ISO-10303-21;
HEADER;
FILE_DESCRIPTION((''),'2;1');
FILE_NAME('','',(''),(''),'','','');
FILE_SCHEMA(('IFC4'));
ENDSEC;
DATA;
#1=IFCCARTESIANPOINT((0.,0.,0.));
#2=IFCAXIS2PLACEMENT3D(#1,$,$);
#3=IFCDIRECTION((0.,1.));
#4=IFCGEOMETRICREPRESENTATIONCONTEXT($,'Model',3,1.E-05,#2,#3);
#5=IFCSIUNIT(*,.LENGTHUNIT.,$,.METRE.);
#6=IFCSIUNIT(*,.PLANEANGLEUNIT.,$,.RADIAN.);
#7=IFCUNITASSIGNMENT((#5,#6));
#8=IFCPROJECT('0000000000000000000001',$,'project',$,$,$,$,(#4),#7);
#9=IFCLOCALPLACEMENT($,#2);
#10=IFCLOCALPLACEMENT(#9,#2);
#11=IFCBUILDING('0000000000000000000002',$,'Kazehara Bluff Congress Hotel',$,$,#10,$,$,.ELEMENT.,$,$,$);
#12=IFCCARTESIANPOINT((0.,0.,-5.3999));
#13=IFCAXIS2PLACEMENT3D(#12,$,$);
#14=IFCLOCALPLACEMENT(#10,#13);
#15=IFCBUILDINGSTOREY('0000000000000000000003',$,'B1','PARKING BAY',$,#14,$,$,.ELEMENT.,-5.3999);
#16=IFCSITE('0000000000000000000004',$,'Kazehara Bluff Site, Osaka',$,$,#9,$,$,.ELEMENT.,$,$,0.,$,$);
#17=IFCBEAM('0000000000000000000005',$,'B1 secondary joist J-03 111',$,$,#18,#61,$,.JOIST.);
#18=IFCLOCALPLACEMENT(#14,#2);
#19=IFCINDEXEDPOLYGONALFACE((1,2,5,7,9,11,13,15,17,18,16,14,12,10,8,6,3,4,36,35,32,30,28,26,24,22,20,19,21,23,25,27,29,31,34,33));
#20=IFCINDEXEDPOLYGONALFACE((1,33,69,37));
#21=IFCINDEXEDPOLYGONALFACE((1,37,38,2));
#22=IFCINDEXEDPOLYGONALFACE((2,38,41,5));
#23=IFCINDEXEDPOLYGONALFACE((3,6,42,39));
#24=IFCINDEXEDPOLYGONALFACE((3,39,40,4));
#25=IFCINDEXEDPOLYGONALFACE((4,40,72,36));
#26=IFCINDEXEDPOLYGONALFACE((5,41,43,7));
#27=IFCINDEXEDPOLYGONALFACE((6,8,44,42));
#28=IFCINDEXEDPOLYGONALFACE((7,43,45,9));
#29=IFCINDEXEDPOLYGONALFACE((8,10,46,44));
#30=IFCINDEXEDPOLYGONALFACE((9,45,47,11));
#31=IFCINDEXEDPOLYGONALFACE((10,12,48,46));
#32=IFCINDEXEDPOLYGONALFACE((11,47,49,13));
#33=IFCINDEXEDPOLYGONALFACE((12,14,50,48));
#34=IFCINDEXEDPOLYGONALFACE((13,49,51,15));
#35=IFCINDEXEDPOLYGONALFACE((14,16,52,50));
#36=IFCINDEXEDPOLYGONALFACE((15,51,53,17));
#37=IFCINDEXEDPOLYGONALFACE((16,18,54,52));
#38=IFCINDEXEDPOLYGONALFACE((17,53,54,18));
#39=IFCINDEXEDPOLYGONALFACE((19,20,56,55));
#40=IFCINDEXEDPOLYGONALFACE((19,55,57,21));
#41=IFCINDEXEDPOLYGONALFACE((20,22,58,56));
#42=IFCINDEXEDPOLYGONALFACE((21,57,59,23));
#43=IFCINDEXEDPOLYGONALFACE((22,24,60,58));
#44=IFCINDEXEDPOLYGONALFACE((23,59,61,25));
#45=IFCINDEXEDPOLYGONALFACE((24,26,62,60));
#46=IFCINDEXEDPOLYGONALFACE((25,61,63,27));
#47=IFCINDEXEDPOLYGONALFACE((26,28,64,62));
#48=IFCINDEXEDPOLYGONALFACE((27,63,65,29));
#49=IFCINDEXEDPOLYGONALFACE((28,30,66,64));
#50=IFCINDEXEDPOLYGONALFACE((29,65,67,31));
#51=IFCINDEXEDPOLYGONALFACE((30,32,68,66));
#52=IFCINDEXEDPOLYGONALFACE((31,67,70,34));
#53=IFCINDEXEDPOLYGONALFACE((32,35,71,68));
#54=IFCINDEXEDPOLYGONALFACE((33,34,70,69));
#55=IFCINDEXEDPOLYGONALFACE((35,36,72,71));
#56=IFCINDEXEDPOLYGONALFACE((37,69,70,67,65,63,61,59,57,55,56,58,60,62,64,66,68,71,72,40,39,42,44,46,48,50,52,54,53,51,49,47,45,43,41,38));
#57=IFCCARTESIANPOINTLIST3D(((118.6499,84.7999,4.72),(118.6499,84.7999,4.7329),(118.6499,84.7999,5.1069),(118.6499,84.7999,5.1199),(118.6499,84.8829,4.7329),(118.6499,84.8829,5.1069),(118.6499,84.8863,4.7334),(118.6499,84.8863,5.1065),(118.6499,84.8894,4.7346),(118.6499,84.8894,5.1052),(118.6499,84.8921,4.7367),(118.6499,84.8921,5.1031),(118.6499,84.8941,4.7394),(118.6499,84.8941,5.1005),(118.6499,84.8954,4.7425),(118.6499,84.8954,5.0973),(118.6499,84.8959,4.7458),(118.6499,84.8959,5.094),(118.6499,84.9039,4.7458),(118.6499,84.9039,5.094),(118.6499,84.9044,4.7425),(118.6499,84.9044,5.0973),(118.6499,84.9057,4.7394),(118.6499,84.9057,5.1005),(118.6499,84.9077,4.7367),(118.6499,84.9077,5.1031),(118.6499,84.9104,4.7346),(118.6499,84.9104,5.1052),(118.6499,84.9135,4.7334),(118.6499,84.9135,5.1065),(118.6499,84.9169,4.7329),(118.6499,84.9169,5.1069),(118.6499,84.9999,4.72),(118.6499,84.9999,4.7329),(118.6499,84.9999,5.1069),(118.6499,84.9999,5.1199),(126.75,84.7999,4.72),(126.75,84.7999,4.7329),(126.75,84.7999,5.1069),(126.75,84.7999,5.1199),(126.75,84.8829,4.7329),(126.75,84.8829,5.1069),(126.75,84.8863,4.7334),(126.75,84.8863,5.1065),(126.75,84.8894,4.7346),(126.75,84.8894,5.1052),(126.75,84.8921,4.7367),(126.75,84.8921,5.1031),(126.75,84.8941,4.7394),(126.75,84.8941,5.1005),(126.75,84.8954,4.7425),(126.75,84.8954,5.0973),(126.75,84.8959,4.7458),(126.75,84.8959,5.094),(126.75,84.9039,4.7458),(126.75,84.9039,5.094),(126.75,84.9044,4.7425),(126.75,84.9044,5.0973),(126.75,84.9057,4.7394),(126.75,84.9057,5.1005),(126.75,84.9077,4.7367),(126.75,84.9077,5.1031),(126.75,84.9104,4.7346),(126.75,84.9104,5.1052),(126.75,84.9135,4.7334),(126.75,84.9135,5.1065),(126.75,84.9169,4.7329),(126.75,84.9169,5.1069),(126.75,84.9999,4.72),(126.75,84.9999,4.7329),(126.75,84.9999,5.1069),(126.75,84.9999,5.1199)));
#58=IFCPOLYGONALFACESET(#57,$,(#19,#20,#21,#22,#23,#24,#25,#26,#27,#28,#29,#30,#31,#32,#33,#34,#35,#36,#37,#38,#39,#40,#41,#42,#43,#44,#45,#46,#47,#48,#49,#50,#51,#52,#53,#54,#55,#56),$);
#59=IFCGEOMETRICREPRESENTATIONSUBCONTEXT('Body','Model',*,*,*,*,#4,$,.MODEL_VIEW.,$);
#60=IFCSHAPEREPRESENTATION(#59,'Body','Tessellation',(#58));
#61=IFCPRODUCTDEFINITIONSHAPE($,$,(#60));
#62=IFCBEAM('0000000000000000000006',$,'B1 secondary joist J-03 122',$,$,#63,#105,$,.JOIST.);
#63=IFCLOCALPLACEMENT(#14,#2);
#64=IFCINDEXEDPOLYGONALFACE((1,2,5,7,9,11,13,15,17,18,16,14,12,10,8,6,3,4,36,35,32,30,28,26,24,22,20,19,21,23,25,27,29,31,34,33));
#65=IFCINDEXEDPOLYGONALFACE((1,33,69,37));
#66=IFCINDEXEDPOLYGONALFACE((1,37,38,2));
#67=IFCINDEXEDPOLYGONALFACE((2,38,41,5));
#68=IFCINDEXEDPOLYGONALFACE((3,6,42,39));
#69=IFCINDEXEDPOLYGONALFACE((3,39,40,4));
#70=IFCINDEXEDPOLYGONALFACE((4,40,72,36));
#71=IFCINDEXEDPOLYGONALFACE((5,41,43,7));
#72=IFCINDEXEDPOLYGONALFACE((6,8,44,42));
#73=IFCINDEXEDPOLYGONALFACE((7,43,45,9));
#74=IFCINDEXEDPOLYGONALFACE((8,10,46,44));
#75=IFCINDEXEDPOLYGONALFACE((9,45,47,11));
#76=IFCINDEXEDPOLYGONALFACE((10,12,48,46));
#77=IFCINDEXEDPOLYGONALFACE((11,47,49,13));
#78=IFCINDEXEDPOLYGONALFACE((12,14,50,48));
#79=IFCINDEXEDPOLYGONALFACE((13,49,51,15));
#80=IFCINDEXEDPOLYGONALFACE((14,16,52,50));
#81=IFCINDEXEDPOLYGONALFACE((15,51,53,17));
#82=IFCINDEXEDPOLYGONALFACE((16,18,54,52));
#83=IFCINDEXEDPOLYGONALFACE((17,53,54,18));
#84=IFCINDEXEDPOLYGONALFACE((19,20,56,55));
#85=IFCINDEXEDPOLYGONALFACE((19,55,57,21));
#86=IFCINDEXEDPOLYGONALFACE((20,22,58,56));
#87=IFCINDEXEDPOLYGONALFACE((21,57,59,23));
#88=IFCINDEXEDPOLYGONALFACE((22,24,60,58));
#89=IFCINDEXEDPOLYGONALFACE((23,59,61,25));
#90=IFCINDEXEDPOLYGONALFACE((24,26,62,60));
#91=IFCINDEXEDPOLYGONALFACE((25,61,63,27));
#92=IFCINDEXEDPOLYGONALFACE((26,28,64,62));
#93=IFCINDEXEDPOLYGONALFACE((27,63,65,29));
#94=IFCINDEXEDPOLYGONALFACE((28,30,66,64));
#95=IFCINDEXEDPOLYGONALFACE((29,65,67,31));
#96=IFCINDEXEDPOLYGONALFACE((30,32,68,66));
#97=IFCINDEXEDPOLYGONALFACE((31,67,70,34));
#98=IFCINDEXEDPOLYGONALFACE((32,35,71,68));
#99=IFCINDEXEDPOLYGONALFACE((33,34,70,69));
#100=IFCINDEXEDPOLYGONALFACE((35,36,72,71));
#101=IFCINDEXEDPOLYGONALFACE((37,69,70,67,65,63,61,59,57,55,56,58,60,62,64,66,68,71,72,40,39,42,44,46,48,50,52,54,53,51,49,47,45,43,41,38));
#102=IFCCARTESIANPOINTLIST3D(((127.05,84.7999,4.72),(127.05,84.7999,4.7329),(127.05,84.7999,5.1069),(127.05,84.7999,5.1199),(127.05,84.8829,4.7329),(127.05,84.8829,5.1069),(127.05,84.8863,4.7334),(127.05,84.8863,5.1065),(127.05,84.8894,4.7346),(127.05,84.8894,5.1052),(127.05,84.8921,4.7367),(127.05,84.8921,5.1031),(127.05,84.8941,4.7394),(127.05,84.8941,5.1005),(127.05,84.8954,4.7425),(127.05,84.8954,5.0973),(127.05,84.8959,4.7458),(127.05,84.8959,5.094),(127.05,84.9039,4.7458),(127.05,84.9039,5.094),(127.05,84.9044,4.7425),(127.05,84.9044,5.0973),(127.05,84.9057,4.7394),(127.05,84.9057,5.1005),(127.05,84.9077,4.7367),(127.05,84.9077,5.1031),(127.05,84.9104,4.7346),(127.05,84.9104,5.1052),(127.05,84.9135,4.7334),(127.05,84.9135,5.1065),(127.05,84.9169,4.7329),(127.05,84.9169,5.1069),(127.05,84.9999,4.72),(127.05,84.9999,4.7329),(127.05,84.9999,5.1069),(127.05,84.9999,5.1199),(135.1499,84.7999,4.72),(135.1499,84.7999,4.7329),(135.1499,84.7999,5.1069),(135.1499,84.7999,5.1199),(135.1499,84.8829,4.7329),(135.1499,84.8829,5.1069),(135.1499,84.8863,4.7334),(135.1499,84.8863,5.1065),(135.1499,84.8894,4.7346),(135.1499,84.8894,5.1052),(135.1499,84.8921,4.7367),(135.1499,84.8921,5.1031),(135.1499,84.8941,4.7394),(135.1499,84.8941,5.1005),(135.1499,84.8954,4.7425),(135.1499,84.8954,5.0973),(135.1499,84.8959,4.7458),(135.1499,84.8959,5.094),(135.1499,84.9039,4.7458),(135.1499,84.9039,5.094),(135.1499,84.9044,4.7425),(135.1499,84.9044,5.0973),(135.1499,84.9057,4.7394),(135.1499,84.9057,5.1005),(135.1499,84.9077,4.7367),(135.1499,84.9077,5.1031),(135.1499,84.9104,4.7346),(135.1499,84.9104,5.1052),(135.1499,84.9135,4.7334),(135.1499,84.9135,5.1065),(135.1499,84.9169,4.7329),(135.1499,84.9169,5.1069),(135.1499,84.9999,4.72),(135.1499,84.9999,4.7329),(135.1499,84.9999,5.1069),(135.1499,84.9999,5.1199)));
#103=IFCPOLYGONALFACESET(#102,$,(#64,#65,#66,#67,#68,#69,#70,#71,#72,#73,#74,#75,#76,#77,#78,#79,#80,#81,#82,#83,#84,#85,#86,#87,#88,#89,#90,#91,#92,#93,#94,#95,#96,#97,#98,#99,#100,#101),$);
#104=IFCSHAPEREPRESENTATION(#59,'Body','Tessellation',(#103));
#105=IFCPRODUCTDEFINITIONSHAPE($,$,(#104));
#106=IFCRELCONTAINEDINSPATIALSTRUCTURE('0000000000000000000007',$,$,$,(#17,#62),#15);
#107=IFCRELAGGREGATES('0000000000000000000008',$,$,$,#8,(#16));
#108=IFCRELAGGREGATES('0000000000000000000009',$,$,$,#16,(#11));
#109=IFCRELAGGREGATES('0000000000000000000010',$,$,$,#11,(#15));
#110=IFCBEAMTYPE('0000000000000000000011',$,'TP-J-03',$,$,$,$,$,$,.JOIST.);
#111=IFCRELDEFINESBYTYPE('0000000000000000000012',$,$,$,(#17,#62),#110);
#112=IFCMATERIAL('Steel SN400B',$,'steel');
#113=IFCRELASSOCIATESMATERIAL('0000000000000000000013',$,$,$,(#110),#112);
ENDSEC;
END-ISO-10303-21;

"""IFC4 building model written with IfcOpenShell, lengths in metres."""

from ifc_helpers import new_model, si_unit, direction, frame, origin, origin_2d, place, context, subcontext, project, spatial, i_section, extrude, material, material_profile, profile_set, type_object, element, save


model = new_model("IFC4")

# Units and contexts
model_context = context("Model", 3, precision=1e-05, world=origin(), true_north=direction((0.0, 1.0)))
body_context = subcontext(model_context, "Body", "Model", "MODEL_VIEW")
ifc_project = project(units=[si_unit("LENGTHUNIT", "METRE"), si_unit("PLANEANGLEUNIT", "RADIAN")], contexts=[model_context])

# Site, building, storey
site_placement = place(None, origin())
site = spatial("IfcSite", under=ifc_project, at=site_placement, Name="Kazehara Bluff Site, Osaka", CompositionType="ELEMENT", RefElevation=0.0)
building_placement = place(site_placement, origin())
building = spatial("IfcBuilding", under=site, at=building_placement, Name="Kazehara Bluff Congress Hotel", CompositionType="ELEMENT")
storey_placement = place(building_placement, frame((0.0, 0.0, -5.3999)))
storey = spatial("IfcBuildingStorey", under=building, at=storey_placement, Name="B1", Description="PARKING BAY", CompositionType="ELEMENT", Elevation=-5.3999)

# Beams
ifc_material_1 = material(Name="Steel SN400B", Category="steel")
ifc_material_profile_1 = material_profile(ifc_material_1, i_section(OverallWidth=0.2, OverallDepth=0.3999, WebThickness=0.0081, FlangeThickness=0.0129, FilletRadius=0.0129, at=origin_2d()))
ifc_profile_set_1 = profile_set([ifc_material_profile_1], Name="Steel SN400B")
beam_type_1 = type_object("IfcBeamType", Name="TP-J-03", PredefinedType="JOIST", material=ifc_profile_set_1)
beam_1_placement = place(storey_placement, frame((118.6499, 84.8999, 4.9199), z_axis=(1.0, 0.0, 0.0), x_axis=(0.0, 1.0, 0.0)))
element("IfcBeam", 1, at=beam_1_placement, inside=storey, type_object=beam_type_1, Name="B1 secondary joist J-03 111", PredefinedType="JOIST", context=body_context, shape_type="SweptSolid", body=[
    extrude(i_section(OverallWidth=0.2, OverallDepth=0.3999, WebThickness=0.0081, FlangeThickness=0.0129, FilletRadius=0.0129, at=origin_2d()), origin(), (0.0, 0.0, 1.0), 8.1001),
])
beam_2_placement = place(storey_placement, frame((127.05, 84.8999, 4.9199), z_axis=(1.0, 0.0, 0.0), x_axis=(0.0, 1.0, 0.0)))
element("IfcBeam", 2, at=beam_2_placement, inside=storey, type_object=beam_type_1, Name="B1 secondary joist J-03 122", PredefinedType="JOIST", context=body_context, shape_type="SweptSolid", body=[
    extrude(i_section(OverallWidth=0.2, OverallDepth=0.3999, WebThickness=0.0081, FlangeThickness=0.0129, FilletRadius=0.0129, at=origin_2d()), origin(), (0.0, 0.0, 1.0), 8.0999),
])

save(model, "model.ifc")
